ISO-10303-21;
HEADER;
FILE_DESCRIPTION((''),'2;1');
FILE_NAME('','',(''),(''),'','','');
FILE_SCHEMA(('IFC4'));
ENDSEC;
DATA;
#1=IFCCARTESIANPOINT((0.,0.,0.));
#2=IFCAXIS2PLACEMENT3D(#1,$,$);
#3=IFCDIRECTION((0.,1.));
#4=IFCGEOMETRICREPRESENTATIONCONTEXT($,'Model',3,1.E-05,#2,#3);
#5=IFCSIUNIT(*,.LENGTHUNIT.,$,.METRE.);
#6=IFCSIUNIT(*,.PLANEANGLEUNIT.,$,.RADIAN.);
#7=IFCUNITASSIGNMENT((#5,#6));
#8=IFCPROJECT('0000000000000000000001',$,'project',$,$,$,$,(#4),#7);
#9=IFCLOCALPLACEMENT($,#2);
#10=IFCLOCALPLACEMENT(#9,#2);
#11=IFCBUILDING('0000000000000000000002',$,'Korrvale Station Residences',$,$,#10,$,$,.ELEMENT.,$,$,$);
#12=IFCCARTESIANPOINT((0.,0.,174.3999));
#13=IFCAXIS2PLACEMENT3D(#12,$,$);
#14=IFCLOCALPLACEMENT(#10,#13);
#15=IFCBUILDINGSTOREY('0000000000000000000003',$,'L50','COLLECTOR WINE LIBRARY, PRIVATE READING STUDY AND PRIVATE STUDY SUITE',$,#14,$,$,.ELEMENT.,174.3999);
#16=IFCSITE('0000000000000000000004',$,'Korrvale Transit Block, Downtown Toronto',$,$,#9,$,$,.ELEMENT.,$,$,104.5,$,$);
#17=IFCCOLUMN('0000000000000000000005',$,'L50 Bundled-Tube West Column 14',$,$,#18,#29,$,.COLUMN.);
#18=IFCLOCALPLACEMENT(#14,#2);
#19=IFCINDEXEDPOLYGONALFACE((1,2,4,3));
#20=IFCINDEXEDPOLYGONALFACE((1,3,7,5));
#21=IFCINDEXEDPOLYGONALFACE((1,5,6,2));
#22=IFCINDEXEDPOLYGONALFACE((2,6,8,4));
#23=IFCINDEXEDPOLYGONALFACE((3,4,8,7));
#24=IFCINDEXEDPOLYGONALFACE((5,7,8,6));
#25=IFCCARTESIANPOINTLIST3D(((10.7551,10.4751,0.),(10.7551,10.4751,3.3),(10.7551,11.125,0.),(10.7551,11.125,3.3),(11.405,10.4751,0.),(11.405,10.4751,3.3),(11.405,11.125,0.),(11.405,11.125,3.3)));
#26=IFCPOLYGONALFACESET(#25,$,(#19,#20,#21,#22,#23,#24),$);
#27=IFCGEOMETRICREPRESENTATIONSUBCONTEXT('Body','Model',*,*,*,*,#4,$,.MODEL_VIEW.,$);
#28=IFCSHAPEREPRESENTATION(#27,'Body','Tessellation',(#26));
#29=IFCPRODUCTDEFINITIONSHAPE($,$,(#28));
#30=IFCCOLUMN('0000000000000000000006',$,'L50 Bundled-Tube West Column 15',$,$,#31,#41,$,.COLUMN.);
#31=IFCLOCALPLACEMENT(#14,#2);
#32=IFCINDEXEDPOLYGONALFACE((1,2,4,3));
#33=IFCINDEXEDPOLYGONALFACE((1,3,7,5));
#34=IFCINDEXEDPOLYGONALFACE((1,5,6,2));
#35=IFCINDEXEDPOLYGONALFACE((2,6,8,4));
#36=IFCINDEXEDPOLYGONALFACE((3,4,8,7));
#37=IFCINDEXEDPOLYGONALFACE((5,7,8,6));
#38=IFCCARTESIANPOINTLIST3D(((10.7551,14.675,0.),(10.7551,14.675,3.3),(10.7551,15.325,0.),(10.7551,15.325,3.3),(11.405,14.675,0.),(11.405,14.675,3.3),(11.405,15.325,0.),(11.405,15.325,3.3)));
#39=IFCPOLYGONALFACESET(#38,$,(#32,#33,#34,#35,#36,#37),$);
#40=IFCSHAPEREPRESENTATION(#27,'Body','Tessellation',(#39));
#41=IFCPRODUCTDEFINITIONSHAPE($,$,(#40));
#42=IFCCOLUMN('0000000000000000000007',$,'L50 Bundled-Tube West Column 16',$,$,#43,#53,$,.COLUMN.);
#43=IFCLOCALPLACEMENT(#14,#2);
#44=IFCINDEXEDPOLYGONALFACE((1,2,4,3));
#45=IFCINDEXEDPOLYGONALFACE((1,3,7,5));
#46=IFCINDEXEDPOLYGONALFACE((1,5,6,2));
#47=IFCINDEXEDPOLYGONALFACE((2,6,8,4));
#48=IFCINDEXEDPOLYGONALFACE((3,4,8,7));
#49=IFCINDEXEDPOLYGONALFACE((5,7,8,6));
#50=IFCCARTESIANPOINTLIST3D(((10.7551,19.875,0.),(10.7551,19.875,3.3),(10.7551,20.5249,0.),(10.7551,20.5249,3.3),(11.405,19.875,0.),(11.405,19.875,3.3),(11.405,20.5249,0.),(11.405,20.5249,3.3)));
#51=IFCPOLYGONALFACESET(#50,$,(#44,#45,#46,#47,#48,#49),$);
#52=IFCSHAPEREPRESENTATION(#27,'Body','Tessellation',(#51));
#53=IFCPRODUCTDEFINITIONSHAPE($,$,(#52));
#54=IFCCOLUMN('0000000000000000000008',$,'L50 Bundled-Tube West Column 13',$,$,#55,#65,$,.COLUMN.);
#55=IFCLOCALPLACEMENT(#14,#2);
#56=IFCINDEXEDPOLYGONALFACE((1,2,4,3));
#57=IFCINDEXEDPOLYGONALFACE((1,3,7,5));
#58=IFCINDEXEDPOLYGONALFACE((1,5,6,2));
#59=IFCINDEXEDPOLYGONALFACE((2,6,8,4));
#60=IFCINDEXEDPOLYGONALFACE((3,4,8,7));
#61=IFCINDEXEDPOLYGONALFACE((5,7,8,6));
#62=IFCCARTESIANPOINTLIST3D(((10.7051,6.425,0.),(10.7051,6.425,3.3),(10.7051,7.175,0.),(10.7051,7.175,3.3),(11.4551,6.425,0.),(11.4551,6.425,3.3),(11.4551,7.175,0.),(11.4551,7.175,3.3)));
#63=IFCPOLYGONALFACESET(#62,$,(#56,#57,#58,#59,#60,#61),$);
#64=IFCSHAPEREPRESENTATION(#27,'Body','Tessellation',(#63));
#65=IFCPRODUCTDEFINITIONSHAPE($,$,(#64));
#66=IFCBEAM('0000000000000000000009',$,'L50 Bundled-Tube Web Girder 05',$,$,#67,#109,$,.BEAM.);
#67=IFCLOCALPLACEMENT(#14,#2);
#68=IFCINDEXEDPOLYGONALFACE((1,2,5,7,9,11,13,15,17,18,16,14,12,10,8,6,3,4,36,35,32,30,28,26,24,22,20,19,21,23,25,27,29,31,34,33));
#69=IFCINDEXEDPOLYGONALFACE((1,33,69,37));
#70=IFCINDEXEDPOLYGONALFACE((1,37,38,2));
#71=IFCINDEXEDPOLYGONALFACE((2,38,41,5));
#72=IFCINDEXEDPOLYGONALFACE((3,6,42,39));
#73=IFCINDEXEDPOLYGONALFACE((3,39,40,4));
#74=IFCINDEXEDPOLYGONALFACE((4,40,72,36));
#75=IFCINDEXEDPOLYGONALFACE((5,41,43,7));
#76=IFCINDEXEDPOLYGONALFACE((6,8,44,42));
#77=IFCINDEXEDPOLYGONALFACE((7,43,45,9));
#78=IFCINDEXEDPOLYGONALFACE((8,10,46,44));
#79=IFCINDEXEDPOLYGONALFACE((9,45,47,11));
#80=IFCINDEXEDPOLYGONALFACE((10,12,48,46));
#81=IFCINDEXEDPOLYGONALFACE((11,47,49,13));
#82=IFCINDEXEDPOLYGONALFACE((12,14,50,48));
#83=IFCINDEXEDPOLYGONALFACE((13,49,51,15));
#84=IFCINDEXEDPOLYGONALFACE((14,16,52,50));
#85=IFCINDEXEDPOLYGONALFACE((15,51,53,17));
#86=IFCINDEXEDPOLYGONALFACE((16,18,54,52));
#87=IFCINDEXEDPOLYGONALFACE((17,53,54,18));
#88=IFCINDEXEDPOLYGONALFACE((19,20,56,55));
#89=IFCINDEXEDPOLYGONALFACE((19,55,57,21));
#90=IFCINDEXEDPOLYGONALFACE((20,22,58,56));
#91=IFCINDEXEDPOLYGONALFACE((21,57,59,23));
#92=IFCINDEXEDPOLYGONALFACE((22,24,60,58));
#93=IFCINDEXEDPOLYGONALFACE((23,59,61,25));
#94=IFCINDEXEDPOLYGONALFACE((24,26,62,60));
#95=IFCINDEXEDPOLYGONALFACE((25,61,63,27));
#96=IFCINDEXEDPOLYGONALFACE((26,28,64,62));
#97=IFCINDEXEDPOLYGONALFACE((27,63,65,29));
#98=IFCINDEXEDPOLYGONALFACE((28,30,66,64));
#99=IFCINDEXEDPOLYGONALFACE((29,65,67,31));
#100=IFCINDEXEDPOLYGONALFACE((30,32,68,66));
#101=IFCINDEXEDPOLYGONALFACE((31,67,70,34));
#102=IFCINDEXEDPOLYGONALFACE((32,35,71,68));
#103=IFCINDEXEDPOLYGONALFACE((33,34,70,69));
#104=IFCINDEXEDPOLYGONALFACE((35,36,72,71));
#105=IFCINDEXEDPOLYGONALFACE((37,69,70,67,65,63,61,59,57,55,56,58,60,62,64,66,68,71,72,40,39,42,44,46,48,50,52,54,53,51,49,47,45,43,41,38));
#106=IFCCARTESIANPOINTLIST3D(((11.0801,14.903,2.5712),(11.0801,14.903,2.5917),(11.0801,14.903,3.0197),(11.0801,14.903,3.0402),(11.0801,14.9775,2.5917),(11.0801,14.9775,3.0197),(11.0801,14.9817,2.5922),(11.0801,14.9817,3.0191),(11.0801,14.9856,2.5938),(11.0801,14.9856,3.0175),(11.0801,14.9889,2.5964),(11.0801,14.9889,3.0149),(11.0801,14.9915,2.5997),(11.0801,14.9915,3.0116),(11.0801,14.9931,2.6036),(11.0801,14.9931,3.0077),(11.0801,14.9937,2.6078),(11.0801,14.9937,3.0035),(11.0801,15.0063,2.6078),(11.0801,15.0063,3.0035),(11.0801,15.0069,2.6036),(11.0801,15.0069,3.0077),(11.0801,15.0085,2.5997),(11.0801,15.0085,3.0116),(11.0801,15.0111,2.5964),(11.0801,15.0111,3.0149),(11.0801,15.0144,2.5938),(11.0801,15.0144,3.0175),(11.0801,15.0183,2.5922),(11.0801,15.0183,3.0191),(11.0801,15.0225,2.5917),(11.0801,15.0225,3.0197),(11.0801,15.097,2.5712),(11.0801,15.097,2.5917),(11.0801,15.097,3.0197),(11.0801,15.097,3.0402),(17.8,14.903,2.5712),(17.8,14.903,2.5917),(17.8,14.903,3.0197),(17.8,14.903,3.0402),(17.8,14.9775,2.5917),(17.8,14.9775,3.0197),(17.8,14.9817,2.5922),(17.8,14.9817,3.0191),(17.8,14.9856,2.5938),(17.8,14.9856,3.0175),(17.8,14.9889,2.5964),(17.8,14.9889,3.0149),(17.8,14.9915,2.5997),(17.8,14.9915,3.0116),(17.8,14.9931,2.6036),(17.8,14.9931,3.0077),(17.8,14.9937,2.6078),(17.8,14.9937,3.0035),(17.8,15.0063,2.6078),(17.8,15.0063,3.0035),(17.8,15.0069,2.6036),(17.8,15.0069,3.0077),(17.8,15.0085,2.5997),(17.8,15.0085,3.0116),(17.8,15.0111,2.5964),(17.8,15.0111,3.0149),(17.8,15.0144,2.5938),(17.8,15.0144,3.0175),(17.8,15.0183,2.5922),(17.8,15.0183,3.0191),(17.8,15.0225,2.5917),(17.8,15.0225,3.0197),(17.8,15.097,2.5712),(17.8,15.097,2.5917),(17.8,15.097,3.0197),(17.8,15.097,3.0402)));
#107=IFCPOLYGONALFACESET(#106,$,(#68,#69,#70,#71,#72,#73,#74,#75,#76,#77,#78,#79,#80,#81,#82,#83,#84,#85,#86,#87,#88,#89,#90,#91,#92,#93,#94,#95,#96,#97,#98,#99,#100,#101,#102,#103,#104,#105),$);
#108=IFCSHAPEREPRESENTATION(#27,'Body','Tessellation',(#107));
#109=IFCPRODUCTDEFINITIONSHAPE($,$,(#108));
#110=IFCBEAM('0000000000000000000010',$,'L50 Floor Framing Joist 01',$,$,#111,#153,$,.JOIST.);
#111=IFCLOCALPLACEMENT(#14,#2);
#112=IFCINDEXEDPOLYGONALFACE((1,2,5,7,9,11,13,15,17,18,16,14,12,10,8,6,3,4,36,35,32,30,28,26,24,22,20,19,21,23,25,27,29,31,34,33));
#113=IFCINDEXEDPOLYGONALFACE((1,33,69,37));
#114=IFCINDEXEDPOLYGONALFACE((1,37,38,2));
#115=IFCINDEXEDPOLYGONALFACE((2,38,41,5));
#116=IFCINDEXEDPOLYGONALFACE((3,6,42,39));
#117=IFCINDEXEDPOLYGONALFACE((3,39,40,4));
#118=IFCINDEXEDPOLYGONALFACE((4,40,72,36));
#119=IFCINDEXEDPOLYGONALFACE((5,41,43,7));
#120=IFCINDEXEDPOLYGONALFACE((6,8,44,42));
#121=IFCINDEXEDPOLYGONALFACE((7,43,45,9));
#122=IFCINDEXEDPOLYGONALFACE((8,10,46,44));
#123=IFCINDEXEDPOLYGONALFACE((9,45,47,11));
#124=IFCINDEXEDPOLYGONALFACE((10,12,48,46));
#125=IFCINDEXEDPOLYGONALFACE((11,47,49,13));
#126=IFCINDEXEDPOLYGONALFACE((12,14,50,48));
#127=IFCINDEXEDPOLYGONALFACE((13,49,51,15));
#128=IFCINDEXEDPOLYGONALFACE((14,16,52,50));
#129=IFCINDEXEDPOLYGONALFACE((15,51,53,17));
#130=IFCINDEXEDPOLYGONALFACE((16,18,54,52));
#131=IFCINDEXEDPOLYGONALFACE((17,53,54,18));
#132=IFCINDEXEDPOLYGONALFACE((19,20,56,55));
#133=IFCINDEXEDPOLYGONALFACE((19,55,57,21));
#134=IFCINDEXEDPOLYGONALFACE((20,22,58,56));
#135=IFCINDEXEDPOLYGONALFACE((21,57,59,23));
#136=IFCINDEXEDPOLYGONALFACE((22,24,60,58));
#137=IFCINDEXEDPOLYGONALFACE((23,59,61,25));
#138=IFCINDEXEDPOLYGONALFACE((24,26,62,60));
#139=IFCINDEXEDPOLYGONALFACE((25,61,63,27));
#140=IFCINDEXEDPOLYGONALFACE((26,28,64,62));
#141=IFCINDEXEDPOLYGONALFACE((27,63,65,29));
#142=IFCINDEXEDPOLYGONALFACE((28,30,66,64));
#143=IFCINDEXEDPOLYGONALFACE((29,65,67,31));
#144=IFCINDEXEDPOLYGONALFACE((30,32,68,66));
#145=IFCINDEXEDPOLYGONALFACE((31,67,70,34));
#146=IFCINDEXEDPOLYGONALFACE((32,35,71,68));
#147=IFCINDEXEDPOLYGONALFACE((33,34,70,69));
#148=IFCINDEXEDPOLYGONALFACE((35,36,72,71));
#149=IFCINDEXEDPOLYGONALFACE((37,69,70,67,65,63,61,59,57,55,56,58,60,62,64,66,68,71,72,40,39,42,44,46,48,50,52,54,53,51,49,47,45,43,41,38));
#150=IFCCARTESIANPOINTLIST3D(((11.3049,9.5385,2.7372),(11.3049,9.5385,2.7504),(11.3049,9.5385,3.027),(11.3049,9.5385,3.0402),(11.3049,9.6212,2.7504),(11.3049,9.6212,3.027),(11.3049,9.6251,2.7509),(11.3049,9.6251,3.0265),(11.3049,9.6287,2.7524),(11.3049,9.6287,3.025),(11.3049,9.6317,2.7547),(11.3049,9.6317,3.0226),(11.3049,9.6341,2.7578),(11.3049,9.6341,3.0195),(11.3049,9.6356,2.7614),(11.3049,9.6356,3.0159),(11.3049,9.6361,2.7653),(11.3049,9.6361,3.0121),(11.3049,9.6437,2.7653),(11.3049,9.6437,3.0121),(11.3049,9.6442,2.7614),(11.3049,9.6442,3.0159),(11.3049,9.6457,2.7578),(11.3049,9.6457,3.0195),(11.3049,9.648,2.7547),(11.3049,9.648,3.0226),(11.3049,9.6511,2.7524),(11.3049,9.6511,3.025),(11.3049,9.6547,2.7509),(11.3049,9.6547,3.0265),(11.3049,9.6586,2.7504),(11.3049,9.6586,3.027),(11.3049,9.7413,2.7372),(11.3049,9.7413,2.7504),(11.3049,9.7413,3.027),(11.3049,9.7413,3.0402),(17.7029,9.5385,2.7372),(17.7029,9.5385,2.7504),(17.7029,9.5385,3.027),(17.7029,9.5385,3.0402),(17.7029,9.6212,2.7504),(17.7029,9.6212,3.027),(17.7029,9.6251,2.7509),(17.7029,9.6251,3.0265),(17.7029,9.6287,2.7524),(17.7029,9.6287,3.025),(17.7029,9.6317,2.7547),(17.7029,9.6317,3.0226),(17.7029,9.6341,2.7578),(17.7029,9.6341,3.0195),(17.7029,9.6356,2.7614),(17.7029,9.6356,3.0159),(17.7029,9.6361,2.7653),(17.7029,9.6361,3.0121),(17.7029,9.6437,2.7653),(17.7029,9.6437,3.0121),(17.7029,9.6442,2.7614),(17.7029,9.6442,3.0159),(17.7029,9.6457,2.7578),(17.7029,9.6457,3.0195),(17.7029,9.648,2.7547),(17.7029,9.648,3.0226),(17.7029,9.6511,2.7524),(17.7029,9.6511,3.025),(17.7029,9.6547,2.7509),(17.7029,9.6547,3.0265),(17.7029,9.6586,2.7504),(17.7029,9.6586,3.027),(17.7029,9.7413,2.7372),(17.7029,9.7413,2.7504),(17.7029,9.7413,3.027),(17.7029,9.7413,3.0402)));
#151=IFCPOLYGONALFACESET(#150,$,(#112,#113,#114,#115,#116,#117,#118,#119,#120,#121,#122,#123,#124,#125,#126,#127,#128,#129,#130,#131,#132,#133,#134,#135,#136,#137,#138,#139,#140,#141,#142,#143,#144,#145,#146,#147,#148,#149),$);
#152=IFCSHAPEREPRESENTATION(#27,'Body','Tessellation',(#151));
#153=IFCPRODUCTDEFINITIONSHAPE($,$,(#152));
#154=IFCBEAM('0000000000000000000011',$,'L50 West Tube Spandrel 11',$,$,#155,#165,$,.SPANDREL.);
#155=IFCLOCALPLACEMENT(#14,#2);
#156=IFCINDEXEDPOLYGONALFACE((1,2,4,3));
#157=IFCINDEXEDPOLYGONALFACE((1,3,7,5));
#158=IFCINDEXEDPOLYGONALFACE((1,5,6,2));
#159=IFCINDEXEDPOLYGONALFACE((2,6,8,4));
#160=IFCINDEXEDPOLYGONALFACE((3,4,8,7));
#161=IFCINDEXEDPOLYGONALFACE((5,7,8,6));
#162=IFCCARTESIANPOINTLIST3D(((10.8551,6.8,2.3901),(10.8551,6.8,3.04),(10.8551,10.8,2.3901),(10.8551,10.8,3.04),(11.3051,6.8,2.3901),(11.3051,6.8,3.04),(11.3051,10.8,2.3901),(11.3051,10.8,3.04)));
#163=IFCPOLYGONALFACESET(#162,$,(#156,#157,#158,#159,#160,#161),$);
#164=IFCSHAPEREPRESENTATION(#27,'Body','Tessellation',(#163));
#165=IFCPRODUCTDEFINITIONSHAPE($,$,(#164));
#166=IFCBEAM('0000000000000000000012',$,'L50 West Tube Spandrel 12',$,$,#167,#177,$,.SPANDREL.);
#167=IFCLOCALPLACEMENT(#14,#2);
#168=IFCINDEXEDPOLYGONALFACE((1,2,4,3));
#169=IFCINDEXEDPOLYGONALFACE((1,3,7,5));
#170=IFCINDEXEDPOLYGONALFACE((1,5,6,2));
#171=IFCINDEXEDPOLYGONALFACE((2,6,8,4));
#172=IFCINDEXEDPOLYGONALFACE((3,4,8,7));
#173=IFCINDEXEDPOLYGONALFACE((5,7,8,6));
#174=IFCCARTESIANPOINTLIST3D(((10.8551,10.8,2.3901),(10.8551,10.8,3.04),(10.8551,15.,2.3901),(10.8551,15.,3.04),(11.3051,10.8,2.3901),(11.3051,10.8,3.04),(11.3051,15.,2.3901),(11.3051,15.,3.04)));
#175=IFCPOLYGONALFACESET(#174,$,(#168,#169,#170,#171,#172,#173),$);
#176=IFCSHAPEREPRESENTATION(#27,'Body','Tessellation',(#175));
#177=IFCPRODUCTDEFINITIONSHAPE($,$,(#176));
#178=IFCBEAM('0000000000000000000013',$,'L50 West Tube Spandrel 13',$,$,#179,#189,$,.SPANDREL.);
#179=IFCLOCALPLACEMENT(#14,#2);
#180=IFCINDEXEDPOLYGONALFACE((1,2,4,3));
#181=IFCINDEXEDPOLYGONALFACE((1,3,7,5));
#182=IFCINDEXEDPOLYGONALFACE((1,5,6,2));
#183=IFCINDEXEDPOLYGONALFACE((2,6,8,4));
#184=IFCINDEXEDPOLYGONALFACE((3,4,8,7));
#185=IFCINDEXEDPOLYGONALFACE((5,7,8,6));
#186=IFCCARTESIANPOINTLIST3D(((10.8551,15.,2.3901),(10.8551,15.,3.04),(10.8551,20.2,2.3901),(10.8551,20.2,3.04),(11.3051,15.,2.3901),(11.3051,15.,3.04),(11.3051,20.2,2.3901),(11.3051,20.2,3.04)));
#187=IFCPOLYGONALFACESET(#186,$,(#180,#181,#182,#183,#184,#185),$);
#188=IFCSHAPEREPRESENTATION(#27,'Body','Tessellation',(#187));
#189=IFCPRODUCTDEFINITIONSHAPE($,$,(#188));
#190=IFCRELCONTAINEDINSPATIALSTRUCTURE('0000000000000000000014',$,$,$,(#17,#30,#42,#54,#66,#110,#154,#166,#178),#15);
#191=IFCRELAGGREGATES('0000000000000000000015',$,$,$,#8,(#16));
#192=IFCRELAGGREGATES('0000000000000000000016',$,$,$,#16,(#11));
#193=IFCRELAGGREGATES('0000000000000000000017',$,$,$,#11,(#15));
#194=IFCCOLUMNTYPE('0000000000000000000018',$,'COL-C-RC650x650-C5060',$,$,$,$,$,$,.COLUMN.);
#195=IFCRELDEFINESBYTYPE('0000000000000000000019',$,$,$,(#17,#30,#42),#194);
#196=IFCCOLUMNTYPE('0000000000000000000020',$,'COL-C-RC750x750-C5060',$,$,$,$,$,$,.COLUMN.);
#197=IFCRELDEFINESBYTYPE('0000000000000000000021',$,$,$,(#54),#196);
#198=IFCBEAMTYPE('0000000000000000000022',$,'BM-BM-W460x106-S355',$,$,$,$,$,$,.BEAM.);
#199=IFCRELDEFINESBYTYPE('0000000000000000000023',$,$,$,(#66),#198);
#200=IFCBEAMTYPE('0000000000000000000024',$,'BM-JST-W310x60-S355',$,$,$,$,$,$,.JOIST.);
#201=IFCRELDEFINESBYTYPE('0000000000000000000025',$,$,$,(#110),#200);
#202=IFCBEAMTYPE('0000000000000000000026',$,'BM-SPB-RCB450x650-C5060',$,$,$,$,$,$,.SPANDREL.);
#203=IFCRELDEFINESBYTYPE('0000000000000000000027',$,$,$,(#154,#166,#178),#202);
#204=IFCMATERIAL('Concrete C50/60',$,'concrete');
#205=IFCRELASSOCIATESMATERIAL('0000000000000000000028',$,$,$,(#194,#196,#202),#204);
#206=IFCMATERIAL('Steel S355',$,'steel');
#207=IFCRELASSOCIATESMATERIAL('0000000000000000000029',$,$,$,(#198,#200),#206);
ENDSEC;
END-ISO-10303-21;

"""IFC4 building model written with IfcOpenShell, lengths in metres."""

from ifc_helpers import new_model, si_unit, direction, frame, origin, origin_2d, place, context, subcontext, project, spatial, rectangle, i_section, extrude, material, material_profile, profile_set, type_object, element, save


model = new_model("IFC4")

# Units and contexts
model_context = context("Model", 3, precision=1e-05, world=origin(), true_north=direction((0.0, 1.0)))
body_context = subcontext(model_context, "Body", "Model", "MODEL_VIEW")
ifc_project = project(units=[si_unit("LENGTHUNIT", "METRE"), si_unit("PLANEANGLEUNIT", "RADIAN")], contexts=[model_context])

# Site, building, storey
site_placement = place(None, origin())
site = spatial("IfcSite", under=ifc_project, at=site_placement, Name="Korrvale Transit Block, Downtown Toronto", CompositionType="ELEMENT", RefElevation=104.5)
building_placement = place(site_placement, origin())
building = spatial("IfcBuilding", under=site, at=building_placement, Name="Korrvale Station Residences", CompositionType="ELEMENT")
storey_placement = place(building_placement, frame((0.0, 0.0, 174.3999)))
storey = spatial("IfcBuildingStorey", under=building, at=storey_placement, Name="L50", Description="COLLECTOR WINE LIBRARY, PRIVATE READING STUDY AND PRIVATE STUDY SUITE", CompositionType="ELEMENT", Elevation=174.3999)

# Columns
ifc_material_1 = material(Name="Concrete C50/60", Category="concrete")
ifc_material_profile_1 = material_profile(ifc_material_1, rectangle(XDim=0.6499, YDim=0.6499, at=origin_2d()), Name="RC650x650")
ifc_profile_set_1 = profile_set([ifc_material_profile_1], Name="Concrete C50/60")
column_type_1 = type_object("IfcColumnType", Name="COL-C-RC650x650-C5060", PredefinedType="COLUMN", material=ifc_profile_set_1)
for number, where, z_axis, x_axis, name in (
    (1, (11.0801, 10.8, 0.0), (0.0, 0.0, 1.0), (1.0, 0.0, 0.0), "L50 Bundled-Tube West Column 14"),
    (2, (11.0801, 15.0, 0.0), (0.0, 0.0, 1.0), (1.0, 0.0, 0.0), "L50 Bundled-Tube West Column 15"),
    (3, (11.0801, 20.2, 0.0), (0.0, 0.0, 1.0), (1.0, 0.0, 0.0), "L50 Bundled-Tube West Column 16"),
):
    element("IfcColumn", number, at=place(storey_placement, frame(where, z_axis=z_axis, x_axis=x_axis)), inside=storey, type_object=column_type_1, Name=name, PredefinedType="COLUMN", context=body_context, shape_type="SweptSolid", body=[
        extrude(rectangle(XDim=0.6499, YDim=0.6499, at=origin_2d()), origin(), (0.0, 0.0, 1.0), 3.3),
    ])
ifc_material_profile_2 = material_profile(ifc_material_1, rectangle(XDim=0.75, YDim=0.75, at=origin_2d()), Name="RC750x750")
ifc_profile_set_2 = profile_set([ifc_material_profile_2], Name="Concrete C50/60")
column_type_2 = type_object("IfcColumnType", Name="COL-C-RC750x750-C5060", PredefinedType="COLUMN", material=ifc_profile_set_2)
column_placement = place(storey_placement, frame((11.0801, 6.8, 0.0), z_axis=(0.0, 0.0, 1.0), x_axis=(1.0, 0.0, 0.0)))
element("IfcColumn", 4, at=column_placement, inside=storey, type_object=column_type_2, Name="L50 Bundled-Tube West Column 13", PredefinedType="COLUMN", context=body_context, shape_type="SweptSolid", body=[
    extrude(rectangle(XDim=0.75, YDim=0.75, at=origin_2d()), origin(), (0.0, 0.0, 1.0), 3.3),
])

# Beams
ifc_material_2 = material(Name="Steel S355", Category="steel")
ifc_material_profile_3 = material_profile(ifc_material_2, i_section(OverallWidth=0.1941, OverallDepth=0.469, WebThickness=0.0127, FlangeThickness=0.0205, FilletRadius=0.0161, at=origin_2d()), Name="W460x106")
ifc_profile_set_3 = profile_set([ifc_material_profile_3], Name="Steel S355")
beam_type_1 = type_object("IfcBeamType", Name="BM-BM-W460x106-S355", PredefinedType="BEAM", material=ifc_profile_set_3)
beam_1_placement = place(storey_placement, frame((11.0801, 15.0, 2.8057), z_axis=(1.0, 0.0, 0.0), x_axis=(0.0, 1.0, 0.0)))
element("IfcBeam", 5, at=beam_1_placement, inside=storey, type_object=beam_type_1, Name="L50 Bundled-Tube Web Girder 05", PredefinedType="BEAM", context=body_context, shape_type="SweptSolid", body=[
    extrude(i_section(OverallWidth=0.1941, OverallDepth=0.469, WebThickness=0.0127, FlangeThickness=0.0205, FilletRadius=0.0161, at=origin_2d()), origin(), (0.0, 0.0, 1.0), 6.72),
])
ifc_material_profile_4 = material_profile(ifc_material_2, i_section(OverallWidth=0.2029, OverallDepth=0.303, WebThickness=0.0076, FlangeThickness=0.0132, FilletRadius=0.0149, at=origin_2d()), Name="W310x60")
ifc_profile_set_4 = profile_set([ifc_material_profile_4], Name="Steel S355")
beam_type_2 = type_object("IfcBeamType", Name="BM-JST-W310x60-S355", PredefinedType="JOIST", material=ifc_profile_set_4)
beam_2_placement = place(storey_placement, frame((11.3049, 9.6399, 2.8887), z_axis=(1.0, 0.0, 0.0), x_axis=(0.0, 1.0, 0.0)))
element("IfcBeam", 6, at=beam_2_placement, inside=storey, type_object=beam_type_2, Name="L50 Floor Framing Joist 01", PredefinedType="JOIST", context=body_context, shape_type="SweptSolid", body=[
    extrude(i_section(OverallWidth=0.2029, OverallDepth=0.303, WebThickness=0.0076, FlangeThickness=0.0132, FilletRadius=0.0149, at=origin_2d()), origin(), (0.0, 0.0, 1.0), 6.3979),
])
ifc_material_profile_5 = material_profile(ifc_material_1, rectangle(XDim=0.45, YDim=0.6499, at=origin_2d()), Name="RCB450x650")
ifc_profile_set_5 = profile_set([ifc_material_profile_5], Name="Concrete C50/60")
beam_type_3 = type_object("IfcBeamType", Name="BM-SPB-RCB450x650-C5060", PredefinedType="SPANDREL", material=ifc_profile_set_5)
beam_3_placement = place(storey_placement, frame((11.0801, 6.8, 2.7151), z_axis=(0.0, 1.0, 0.0), x_axis=(-1.0, 0.0, 0.0)))
element("IfcBeam", 7, at=beam_3_placement, inside=storey, type_object=beam_type_3, Name="L50 West Tube Spandrel 11", PredefinedType="SPANDREL", context=body_context, shape_type="SweptSolid", body=[
    extrude(rectangle(XDim=0.45, YDim=0.6499, at=origin_2d()), origin(), (0.0, 0.0, 1.0), 4.0),
])
beam_4_placement = place(storey_placement, frame((11.0801, 10.8, 2.7151), z_axis=(0.0, 1.0, 0.0), x_axis=(-1.0, 0.0, 0.0)))
element("IfcBeam", 8, at=beam_4_placement, inside=storey, type_object=beam_type_3, Name="L50 West Tube Spandrel 12", PredefinedType="SPANDREL", context=body_context, shape_type="SweptSolid", body=[
    extrude(rectangle(XDim=0.45, YDim=0.6499, at=origin_2d()), origin(), (0.0, 0.0, 1.0), 4.2),
])
beam_5_placement = place(storey_placement, frame((11.0801, 15.0, 2.7151), z_axis=(0.0, 1.0, 0.0), x_axis=(-1.0, 0.0, 0.0)))
element("IfcBeam", 9, at=beam_5_placement, inside=storey, type_object=beam_type_3, Name="L50 West Tube Spandrel 13", PredefinedType="SPANDREL", context=body_context, shape_type="SweptSolid", body=[
    extrude(rectangle(XDim=0.45, YDim=0.6499, at=origin_2d()), origin(), (0.0, 0.0, 1.0), 5.2),
])

save(model, "model.ifc")
